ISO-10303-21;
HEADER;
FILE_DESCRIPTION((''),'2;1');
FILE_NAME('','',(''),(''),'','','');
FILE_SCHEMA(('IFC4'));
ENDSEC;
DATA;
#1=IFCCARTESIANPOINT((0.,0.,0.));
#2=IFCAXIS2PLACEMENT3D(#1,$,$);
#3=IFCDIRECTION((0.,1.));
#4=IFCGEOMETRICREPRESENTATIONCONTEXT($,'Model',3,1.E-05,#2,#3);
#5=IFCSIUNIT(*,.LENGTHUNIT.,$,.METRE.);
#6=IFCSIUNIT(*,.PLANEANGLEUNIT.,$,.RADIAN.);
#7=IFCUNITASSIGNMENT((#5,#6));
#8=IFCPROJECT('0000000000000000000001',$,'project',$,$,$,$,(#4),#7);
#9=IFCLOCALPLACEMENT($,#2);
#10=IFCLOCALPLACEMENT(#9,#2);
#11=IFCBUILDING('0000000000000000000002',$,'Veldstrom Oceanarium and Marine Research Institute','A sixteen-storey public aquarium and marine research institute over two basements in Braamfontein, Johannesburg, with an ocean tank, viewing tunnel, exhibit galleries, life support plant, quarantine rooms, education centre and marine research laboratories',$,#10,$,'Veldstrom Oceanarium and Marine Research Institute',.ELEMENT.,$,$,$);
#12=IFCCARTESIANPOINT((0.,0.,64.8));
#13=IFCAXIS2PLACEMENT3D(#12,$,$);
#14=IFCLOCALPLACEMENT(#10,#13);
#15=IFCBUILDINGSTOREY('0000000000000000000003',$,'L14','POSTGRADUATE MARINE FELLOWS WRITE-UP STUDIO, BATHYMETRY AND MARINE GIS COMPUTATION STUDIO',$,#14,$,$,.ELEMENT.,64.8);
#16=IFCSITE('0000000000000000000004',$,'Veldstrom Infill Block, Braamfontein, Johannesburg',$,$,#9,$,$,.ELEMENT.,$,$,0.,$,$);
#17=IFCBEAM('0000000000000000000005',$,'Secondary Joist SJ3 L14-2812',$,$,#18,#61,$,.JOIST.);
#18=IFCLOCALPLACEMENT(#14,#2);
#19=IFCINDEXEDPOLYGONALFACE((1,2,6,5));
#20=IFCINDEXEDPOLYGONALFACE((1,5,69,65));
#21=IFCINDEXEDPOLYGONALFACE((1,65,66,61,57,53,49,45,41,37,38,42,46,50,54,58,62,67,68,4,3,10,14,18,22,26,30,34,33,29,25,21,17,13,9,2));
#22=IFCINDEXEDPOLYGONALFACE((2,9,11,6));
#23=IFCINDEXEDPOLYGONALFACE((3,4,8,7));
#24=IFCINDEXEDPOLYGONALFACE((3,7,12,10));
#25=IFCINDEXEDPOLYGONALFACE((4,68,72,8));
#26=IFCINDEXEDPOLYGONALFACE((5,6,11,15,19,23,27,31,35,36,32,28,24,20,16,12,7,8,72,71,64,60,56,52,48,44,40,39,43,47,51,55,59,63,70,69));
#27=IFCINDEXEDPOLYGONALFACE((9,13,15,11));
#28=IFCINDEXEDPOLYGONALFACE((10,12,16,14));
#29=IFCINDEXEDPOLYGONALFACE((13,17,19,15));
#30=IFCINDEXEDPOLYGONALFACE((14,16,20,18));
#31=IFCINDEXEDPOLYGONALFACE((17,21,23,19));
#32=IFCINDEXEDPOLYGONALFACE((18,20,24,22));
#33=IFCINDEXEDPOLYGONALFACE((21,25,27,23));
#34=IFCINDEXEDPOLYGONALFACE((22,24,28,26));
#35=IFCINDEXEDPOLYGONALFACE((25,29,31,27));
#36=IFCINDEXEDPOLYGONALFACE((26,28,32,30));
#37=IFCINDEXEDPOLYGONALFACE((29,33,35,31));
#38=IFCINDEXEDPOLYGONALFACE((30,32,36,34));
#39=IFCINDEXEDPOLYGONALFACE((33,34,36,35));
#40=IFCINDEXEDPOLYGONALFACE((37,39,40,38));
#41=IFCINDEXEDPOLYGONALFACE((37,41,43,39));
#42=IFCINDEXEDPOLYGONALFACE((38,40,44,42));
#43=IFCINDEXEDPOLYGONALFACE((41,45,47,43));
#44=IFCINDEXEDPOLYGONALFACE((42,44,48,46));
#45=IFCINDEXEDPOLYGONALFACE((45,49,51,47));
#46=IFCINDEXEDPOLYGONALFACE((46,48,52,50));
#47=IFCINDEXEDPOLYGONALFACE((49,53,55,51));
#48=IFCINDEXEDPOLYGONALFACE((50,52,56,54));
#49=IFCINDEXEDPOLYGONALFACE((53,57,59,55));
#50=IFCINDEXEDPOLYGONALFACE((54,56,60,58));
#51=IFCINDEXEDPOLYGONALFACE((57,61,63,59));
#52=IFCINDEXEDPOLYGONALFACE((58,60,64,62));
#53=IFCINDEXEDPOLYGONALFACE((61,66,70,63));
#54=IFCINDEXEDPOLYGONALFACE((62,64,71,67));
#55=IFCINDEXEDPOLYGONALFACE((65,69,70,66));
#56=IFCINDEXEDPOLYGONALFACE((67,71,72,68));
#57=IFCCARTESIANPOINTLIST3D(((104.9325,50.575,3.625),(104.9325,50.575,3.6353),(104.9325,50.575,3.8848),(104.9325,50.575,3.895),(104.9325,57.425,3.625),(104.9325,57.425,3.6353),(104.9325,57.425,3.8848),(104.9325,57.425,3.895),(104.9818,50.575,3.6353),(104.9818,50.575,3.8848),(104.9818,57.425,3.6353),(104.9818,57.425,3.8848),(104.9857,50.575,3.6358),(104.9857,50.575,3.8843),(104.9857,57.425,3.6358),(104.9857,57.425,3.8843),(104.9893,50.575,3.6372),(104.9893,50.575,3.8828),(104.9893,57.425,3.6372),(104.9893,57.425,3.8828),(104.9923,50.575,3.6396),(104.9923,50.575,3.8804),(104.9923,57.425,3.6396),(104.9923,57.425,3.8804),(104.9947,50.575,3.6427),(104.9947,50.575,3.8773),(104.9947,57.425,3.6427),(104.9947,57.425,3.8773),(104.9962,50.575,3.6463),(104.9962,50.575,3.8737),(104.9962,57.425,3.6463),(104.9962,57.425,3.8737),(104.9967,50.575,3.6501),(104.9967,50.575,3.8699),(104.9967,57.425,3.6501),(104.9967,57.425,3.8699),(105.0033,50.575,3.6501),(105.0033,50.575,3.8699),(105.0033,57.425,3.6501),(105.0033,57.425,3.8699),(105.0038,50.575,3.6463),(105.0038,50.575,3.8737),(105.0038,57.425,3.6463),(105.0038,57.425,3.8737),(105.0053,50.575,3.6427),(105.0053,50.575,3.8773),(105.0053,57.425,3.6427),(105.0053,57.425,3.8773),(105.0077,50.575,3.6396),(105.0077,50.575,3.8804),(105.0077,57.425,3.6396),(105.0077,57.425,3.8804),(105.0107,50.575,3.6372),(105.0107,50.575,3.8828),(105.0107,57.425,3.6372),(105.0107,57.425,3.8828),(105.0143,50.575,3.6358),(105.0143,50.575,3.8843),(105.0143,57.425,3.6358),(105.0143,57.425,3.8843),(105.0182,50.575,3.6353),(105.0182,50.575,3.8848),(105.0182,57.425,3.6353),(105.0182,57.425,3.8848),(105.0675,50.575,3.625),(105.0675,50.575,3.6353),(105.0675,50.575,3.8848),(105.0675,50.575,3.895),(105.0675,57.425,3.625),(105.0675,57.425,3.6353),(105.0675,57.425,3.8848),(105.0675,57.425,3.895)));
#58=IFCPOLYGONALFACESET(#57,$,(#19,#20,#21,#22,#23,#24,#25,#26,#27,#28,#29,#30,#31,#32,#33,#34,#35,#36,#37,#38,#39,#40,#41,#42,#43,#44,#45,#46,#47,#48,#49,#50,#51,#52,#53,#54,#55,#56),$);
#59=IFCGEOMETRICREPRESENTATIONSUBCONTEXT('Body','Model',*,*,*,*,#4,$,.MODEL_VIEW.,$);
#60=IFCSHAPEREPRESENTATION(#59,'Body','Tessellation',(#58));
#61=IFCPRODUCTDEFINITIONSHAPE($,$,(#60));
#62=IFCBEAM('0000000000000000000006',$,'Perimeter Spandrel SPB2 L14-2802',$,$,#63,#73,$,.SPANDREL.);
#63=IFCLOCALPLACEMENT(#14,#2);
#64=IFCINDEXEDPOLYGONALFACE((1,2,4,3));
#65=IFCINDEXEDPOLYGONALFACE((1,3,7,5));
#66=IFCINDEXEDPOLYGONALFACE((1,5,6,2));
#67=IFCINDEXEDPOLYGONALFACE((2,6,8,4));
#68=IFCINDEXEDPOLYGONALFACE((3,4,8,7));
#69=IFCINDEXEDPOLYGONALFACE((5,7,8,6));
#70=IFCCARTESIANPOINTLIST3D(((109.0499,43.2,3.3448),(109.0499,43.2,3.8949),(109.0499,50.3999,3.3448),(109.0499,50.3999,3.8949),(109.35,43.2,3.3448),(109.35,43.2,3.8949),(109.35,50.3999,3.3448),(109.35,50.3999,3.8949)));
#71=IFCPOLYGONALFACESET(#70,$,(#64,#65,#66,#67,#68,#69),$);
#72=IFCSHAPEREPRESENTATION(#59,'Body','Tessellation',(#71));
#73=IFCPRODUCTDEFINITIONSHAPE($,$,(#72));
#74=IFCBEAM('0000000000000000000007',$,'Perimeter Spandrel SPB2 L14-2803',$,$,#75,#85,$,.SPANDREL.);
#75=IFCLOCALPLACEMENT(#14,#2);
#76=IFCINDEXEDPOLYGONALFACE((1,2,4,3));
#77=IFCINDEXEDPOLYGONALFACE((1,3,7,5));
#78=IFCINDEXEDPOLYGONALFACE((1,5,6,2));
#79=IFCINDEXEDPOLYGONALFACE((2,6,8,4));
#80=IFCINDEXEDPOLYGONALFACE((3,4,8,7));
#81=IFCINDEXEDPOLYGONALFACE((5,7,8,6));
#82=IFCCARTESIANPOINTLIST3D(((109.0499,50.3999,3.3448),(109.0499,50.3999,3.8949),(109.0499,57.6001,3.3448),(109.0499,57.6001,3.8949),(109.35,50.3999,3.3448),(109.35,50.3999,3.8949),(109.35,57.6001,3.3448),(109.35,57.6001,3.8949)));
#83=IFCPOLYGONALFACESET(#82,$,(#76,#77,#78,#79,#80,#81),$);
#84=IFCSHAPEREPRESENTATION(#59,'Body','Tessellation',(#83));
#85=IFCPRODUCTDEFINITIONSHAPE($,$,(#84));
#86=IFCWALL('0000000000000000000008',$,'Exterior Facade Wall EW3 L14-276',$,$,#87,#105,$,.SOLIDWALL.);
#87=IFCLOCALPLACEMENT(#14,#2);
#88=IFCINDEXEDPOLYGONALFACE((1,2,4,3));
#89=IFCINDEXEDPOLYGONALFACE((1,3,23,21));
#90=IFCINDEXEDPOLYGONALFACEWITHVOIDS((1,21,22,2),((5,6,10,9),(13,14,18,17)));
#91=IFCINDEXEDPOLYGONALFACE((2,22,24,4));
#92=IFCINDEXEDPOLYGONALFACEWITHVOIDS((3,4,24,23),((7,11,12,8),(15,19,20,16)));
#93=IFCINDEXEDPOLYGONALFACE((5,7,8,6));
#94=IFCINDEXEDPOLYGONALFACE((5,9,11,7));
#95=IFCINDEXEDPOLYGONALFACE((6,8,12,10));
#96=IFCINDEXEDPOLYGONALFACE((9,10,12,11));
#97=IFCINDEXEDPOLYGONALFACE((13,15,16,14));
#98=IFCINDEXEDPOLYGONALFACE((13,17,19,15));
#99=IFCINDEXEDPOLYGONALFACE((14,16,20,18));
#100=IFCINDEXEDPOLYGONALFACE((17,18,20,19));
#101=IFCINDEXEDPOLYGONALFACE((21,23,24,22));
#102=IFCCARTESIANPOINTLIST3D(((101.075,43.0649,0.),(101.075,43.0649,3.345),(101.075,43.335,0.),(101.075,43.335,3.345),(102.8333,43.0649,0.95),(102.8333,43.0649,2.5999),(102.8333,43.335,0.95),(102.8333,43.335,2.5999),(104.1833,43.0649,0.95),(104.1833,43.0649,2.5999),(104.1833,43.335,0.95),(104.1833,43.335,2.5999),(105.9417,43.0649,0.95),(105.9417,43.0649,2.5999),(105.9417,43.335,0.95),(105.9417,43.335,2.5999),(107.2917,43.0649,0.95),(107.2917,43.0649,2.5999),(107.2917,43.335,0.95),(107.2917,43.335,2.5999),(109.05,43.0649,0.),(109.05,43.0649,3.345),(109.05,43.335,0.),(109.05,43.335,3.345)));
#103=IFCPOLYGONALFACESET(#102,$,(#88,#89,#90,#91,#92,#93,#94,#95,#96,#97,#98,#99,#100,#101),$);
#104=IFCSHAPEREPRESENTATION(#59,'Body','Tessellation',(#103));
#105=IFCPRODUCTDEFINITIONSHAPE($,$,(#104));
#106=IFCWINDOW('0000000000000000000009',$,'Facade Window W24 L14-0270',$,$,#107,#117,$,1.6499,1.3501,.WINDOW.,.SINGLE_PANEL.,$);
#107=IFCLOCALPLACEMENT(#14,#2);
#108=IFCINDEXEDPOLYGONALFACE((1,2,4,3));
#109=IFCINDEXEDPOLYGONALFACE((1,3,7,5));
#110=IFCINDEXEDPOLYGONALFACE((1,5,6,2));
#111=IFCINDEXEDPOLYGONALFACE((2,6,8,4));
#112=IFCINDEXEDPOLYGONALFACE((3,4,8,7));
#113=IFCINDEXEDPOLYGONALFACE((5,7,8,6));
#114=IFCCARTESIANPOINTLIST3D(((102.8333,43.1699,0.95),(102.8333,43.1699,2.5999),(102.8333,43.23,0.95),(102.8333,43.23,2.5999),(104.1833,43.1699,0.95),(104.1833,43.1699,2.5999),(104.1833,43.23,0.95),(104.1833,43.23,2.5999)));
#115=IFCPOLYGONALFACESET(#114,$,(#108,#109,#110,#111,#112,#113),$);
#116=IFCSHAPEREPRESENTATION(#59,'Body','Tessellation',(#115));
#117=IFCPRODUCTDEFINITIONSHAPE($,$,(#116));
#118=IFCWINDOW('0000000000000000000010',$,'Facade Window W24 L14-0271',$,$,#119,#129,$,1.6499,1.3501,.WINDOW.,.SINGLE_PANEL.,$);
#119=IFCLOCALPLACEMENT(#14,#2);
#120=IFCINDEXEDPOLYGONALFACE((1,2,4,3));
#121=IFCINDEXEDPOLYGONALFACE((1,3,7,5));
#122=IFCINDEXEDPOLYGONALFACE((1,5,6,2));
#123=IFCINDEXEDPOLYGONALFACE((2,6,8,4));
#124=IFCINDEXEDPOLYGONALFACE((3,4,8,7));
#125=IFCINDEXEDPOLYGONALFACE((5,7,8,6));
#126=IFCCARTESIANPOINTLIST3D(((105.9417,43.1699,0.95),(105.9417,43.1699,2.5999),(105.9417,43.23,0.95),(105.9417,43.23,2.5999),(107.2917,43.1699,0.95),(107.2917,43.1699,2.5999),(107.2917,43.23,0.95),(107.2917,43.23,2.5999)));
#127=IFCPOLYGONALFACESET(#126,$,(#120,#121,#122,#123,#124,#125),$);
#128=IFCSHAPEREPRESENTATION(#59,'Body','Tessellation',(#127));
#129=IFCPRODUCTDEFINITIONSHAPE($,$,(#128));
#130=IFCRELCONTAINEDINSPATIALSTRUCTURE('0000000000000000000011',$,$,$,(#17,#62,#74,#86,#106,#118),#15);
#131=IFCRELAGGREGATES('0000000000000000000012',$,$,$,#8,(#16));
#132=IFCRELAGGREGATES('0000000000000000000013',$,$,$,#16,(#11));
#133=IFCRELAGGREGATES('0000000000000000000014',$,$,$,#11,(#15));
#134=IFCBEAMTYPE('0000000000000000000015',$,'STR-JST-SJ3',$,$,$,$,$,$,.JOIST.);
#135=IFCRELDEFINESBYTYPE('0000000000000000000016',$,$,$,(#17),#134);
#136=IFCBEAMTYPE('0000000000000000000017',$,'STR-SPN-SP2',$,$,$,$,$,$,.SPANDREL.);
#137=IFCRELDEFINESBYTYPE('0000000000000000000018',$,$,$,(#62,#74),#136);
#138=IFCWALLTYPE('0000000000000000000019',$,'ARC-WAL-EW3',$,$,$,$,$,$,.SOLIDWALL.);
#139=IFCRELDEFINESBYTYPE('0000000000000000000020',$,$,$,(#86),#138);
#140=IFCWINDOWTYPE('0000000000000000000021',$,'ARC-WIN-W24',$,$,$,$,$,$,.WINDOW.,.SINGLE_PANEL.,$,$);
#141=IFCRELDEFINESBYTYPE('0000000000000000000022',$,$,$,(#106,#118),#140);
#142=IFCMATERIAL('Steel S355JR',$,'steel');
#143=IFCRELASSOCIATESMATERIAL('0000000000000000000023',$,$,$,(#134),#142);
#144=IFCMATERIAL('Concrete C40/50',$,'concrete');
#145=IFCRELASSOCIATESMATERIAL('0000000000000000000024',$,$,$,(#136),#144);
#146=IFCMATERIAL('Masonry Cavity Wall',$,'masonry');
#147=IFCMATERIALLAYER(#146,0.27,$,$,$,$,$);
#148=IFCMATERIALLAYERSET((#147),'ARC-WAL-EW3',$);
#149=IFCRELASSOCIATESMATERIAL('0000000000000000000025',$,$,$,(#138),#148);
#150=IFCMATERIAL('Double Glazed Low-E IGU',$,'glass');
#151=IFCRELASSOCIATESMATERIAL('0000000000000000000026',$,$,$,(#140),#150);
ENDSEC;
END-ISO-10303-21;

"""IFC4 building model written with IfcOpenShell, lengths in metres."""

from ifc_helpers import new_model, si_unit, direction, frame, frame_2d, origin, origin_2d, place, context, subcontext, project, spatial, rectangle, i_section, extrude, material, layer, layer_set, material_profile, profile_set, type_object, element, fill, save


model = new_model("IFC4")

# Units and contexts
model_context = context("Model", 3, precision=1e-05, world=origin(), true_north=direction((0.0, 1.0)))
body_context = subcontext(model_context, "Body", "Model", "MODEL_VIEW")
ifc_project = project(units=[si_unit("LENGTHUNIT", "METRE"), si_unit("PLANEANGLEUNIT", "RADIAN")], contexts=[model_context])

# Site, building, storey
site_placement = place(None, origin())
site = spatial("IfcSite", under=ifc_project, at=site_placement, Name="Veldstrom Infill Block, Braamfontein, Johannesburg", CompositionType="ELEMENT", RefElevation=0.0)
building_placement = place(site_placement, origin())
building = spatial("IfcBuilding", under=site, at=building_placement, Name="Veldstrom Oceanarium and Marine Research Institute", Description="A sixteen-storey public aquarium and marine research institute over two basements in Braamfontein, Johannesburg, with an ocean tank, viewing tunnel, exhibit galleries, life support plant, quarantine rooms, education centre and marine research laboratories", LongName="Veldstrom Oceanarium and Marine Research Institute", CompositionType="ELEMENT")
storey_placement = place(building_placement, frame((0.0, 0.0, 64.8)))
storey = spatial("IfcBuildingStorey", under=building, at=storey_placement, Name="L14", Description="POSTGRADUATE MARINE FELLOWS WRITE-UP STUDIO, BATHYMETRY AND MARINE GIS COMPUTATION STUDIO", CompositionType="ELEMENT", Elevation=64.8)

# Beams
ifc_material_1 = material(Name="Steel S355JR", Category="steel")
ifc_material_profile_1 = material_profile(ifc_material_1, i_section(OverallWidth=0.135, OverallDepth=0.27, WebThickness=0.0066, FlangeThickness=0.0103, FilletRadius=0.0149, at=origin_2d()), Name="IPE 270")
ifc_profile_set_1 = profile_set([ifc_material_profile_1], Name="Steel S355JR")
beam_type_1 = type_object("IfcBeamType", Name="STR-JST-SJ3", PredefinedType="JOIST", material=ifc_profile_set_1)
beam_1_placement = place(storey_placement, frame((105.0, 50.575, 3.76), z_axis=(0.0, 1.0, 0.0), x_axis=(-1.0, 0.0, 0.0)))
element("IfcBeam", 1, at=beam_1_placement, inside=storey, type_object=beam_type_1, Name="Secondary Joist SJ3 L14-2812", PredefinedType="JOIST", context=body_context, shape_type="SweptSolid", body=[
    extrude(i_section(OverallWidth=0.135, OverallDepth=0.27, WebThickness=0.0066, FlangeThickness=0.0103, FilletRadius=0.0149, at=origin_2d()), origin(), (0.0, 0.0, 1.0), 6.8501),
])
ifc_material_2 = material(Name="Concrete C40/50", Category="concrete")
ifc_material_profile_2 = material_profile(ifc_material_2, rectangle(XDim=0.3, YDim=0.55, at=origin_2d()), Name="RC-SPN-300x550")
ifc_profile_set_2 = profile_set([ifc_material_profile_2], Name="Concrete C40/50")
beam_type_2 = type_object("IfcBeamType", Name="STR-SPN-SP2", PredefinedType="SPANDREL", material=ifc_profile_set_2)
beam_2_placement = place(storey_placement, frame((109.2, 43.2, 3.6199), z_axis=(0.0, 1.0, 0.0), x_axis=(-1.0, 0.0, 0.0)))
element("IfcBeam", 2, at=beam_2_placement, inside=storey, type_object=beam_type_2, Name="Perimeter Spandrel SPB2 L14-2802", PredefinedType="SPANDREL", context=body_context, shape_type="SweptSolid", body=[
    extrude(rectangle(XDim=0.3, YDim=0.55, at=origin_2d()), origin(), (0.0, 0.0, 1.0), 7.2),
])
beam_3_placement = place(storey_placement, frame((109.2, 50.3999, 3.6199), z_axis=(0.0, 1.0, 0.0), x_axis=(-1.0, 0.0, 0.0)))
element("IfcBeam", 3, at=beam_3_placement, inside=storey, type_object=beam_type_2, Name="Perimeter Spandrel SPB2 L14-2803", PredefinedType="SPANDREL", context=body_context, shape_type="SweptSolid", body=[
    extrude(rectangle(XDim=0.3, YDim=0.55, at=origin_2d()), origin(), (0.0, 0.0, 1.0), 7.2002),
])

# Wall, openings, windows
ifc_material_3 = material(Name="Masonry Cavity Wall", Category="masonry")
ifc_layer_1 = layer(ifc_material_3, 0.27)
ifc_layer_set_1 = layer_set([ifc_layer_1], Name="ARC-WAL-EW3")
wall_type_1 = type_object("IfcWallType", Name="ARC-WAL-EW3", PredefinedType="SOLIDWALL", material=ifc_layer_set_1)
wall_1_placement = place(storey_placement, frame((101.075, 43.2, 0.0), z_axis=(0.0, 0.0, 1.0), x_axis=(1.0, 0.0, 0.0)))
wall_1 = element("IfcWall", 4, at=wall_1_placement, inside=storey, type_object=wall_type_1, Name="Exterior Facade Wall EW3 L14-276", PredefinedType="SOLIDWALL", context=body_context, shape_type="SweptSolid", body=[
    extrude(rectangle(XDim=7.9751, YDim=0.27, at=frame_2d((3.9875, 0.0))), origin(), (0.0, 0.0, 1.0), 3.345),
])
opening_1_placement = place(wall_1_placement, frame((1.7583, 0.0, 0.95)))
opening_1 = element("IfcOpeningElement", 5, at=opening_1_placement, cuts=wall_1, PredefinedType="OPENING", context=body_context, shape_type="SweptSolid", body=[
    extrude(rectangle(XDim=1.3501, YDim=1.6499, at=frame_2d((0.675, 0.825))), frame((0.0, 0.145, 0.0), z_axis=(0.0, -1.0, 0.0), x_axis=(1.0, 0.0, 0.0)), (0.0, 0.0, 1.0), 0.29),
])
opening_2_placement = place(wall_1_placement, frame((4.8667, 0.0, 0.95)))
opening_2 = element("IfcOpeningElement", 6, at=opening_2_placement, cuts=wall_1, PredefinedType="OPENING", context=body_context, shape_type="SweptSolid", body=[
    extrude(rectangle(XDim=1.3501, YDim=1.6499, at=frame_2d((0.675, 0.825))), frame((0.0, 0.145, 0.0), z_axis=(0.0, -1.0, 0.0), x_axis=(1.0, 0.0, 0.0)), (0.0, 0.0, 1.0), 0.29),
])
ifc_material_4 = material(Name="Double Glazed Low-E IGU", Category="glass")
window_type_1 = type_object("IfcWindowType", Name="ARC-WIN-W24", PartitioningType="SINGLE_PANEL", PredefinedType="WINDOW", material=ifc_material_4)
window_1_placement = place(opening_1_placement, origin())
window_1 = element("IfcWindow", 7, at=window_1_placement, inside=storey, type_object=window_type_1, Name="Facade Window W24 L14-0270", OverallHeight=1.6499, OverallWidth=1.3501, PartitioningType="SINGLE_PANEL", PredefinedType="WINDOW", context=body_context, shape_type="SweptSolid", body=[
    extrude(rectangle(XDim=1.3501, YDim=1.6499, at=frame_2d((0.675, 0.825))), frame((0.0, 0.03, 0.0), z_axis=(0.0, -1.0, 0.0), x_axis=(1.0, 0.0, 0.0)), (0.0, 0.0, 1.0), 0.0601),
])
fill(opening_1, window_1)
window_2_placement = place(opening_2_placement, origin())
window_2 = element("IfcWindow", 8, at=window_2_placement, inside=storey, type_object=window_type_1, Name="Facade Window W24 L14-0271", OverallHeight=1.6499, OverallWidth=1.3501, PartitioningType="SINGLE_PANEL", PredefinedType="WINDOW", context=body_context, shape_type="SweptSolid", body=[
    extrude(rectangle(XDim=1.3501, YDim=1.6499, at=frame_2d((0.675, 0.825))), frame((0.0, 0.03, 0.0), z_axis=(0.0, -1.0, 0.0), x_axis=(1.0, 0.0, 0.0)), (0.0, 0.0, 1.0), 0.0601),
])
fill(opening_2, window_2)

save(model, "model.ifc")
